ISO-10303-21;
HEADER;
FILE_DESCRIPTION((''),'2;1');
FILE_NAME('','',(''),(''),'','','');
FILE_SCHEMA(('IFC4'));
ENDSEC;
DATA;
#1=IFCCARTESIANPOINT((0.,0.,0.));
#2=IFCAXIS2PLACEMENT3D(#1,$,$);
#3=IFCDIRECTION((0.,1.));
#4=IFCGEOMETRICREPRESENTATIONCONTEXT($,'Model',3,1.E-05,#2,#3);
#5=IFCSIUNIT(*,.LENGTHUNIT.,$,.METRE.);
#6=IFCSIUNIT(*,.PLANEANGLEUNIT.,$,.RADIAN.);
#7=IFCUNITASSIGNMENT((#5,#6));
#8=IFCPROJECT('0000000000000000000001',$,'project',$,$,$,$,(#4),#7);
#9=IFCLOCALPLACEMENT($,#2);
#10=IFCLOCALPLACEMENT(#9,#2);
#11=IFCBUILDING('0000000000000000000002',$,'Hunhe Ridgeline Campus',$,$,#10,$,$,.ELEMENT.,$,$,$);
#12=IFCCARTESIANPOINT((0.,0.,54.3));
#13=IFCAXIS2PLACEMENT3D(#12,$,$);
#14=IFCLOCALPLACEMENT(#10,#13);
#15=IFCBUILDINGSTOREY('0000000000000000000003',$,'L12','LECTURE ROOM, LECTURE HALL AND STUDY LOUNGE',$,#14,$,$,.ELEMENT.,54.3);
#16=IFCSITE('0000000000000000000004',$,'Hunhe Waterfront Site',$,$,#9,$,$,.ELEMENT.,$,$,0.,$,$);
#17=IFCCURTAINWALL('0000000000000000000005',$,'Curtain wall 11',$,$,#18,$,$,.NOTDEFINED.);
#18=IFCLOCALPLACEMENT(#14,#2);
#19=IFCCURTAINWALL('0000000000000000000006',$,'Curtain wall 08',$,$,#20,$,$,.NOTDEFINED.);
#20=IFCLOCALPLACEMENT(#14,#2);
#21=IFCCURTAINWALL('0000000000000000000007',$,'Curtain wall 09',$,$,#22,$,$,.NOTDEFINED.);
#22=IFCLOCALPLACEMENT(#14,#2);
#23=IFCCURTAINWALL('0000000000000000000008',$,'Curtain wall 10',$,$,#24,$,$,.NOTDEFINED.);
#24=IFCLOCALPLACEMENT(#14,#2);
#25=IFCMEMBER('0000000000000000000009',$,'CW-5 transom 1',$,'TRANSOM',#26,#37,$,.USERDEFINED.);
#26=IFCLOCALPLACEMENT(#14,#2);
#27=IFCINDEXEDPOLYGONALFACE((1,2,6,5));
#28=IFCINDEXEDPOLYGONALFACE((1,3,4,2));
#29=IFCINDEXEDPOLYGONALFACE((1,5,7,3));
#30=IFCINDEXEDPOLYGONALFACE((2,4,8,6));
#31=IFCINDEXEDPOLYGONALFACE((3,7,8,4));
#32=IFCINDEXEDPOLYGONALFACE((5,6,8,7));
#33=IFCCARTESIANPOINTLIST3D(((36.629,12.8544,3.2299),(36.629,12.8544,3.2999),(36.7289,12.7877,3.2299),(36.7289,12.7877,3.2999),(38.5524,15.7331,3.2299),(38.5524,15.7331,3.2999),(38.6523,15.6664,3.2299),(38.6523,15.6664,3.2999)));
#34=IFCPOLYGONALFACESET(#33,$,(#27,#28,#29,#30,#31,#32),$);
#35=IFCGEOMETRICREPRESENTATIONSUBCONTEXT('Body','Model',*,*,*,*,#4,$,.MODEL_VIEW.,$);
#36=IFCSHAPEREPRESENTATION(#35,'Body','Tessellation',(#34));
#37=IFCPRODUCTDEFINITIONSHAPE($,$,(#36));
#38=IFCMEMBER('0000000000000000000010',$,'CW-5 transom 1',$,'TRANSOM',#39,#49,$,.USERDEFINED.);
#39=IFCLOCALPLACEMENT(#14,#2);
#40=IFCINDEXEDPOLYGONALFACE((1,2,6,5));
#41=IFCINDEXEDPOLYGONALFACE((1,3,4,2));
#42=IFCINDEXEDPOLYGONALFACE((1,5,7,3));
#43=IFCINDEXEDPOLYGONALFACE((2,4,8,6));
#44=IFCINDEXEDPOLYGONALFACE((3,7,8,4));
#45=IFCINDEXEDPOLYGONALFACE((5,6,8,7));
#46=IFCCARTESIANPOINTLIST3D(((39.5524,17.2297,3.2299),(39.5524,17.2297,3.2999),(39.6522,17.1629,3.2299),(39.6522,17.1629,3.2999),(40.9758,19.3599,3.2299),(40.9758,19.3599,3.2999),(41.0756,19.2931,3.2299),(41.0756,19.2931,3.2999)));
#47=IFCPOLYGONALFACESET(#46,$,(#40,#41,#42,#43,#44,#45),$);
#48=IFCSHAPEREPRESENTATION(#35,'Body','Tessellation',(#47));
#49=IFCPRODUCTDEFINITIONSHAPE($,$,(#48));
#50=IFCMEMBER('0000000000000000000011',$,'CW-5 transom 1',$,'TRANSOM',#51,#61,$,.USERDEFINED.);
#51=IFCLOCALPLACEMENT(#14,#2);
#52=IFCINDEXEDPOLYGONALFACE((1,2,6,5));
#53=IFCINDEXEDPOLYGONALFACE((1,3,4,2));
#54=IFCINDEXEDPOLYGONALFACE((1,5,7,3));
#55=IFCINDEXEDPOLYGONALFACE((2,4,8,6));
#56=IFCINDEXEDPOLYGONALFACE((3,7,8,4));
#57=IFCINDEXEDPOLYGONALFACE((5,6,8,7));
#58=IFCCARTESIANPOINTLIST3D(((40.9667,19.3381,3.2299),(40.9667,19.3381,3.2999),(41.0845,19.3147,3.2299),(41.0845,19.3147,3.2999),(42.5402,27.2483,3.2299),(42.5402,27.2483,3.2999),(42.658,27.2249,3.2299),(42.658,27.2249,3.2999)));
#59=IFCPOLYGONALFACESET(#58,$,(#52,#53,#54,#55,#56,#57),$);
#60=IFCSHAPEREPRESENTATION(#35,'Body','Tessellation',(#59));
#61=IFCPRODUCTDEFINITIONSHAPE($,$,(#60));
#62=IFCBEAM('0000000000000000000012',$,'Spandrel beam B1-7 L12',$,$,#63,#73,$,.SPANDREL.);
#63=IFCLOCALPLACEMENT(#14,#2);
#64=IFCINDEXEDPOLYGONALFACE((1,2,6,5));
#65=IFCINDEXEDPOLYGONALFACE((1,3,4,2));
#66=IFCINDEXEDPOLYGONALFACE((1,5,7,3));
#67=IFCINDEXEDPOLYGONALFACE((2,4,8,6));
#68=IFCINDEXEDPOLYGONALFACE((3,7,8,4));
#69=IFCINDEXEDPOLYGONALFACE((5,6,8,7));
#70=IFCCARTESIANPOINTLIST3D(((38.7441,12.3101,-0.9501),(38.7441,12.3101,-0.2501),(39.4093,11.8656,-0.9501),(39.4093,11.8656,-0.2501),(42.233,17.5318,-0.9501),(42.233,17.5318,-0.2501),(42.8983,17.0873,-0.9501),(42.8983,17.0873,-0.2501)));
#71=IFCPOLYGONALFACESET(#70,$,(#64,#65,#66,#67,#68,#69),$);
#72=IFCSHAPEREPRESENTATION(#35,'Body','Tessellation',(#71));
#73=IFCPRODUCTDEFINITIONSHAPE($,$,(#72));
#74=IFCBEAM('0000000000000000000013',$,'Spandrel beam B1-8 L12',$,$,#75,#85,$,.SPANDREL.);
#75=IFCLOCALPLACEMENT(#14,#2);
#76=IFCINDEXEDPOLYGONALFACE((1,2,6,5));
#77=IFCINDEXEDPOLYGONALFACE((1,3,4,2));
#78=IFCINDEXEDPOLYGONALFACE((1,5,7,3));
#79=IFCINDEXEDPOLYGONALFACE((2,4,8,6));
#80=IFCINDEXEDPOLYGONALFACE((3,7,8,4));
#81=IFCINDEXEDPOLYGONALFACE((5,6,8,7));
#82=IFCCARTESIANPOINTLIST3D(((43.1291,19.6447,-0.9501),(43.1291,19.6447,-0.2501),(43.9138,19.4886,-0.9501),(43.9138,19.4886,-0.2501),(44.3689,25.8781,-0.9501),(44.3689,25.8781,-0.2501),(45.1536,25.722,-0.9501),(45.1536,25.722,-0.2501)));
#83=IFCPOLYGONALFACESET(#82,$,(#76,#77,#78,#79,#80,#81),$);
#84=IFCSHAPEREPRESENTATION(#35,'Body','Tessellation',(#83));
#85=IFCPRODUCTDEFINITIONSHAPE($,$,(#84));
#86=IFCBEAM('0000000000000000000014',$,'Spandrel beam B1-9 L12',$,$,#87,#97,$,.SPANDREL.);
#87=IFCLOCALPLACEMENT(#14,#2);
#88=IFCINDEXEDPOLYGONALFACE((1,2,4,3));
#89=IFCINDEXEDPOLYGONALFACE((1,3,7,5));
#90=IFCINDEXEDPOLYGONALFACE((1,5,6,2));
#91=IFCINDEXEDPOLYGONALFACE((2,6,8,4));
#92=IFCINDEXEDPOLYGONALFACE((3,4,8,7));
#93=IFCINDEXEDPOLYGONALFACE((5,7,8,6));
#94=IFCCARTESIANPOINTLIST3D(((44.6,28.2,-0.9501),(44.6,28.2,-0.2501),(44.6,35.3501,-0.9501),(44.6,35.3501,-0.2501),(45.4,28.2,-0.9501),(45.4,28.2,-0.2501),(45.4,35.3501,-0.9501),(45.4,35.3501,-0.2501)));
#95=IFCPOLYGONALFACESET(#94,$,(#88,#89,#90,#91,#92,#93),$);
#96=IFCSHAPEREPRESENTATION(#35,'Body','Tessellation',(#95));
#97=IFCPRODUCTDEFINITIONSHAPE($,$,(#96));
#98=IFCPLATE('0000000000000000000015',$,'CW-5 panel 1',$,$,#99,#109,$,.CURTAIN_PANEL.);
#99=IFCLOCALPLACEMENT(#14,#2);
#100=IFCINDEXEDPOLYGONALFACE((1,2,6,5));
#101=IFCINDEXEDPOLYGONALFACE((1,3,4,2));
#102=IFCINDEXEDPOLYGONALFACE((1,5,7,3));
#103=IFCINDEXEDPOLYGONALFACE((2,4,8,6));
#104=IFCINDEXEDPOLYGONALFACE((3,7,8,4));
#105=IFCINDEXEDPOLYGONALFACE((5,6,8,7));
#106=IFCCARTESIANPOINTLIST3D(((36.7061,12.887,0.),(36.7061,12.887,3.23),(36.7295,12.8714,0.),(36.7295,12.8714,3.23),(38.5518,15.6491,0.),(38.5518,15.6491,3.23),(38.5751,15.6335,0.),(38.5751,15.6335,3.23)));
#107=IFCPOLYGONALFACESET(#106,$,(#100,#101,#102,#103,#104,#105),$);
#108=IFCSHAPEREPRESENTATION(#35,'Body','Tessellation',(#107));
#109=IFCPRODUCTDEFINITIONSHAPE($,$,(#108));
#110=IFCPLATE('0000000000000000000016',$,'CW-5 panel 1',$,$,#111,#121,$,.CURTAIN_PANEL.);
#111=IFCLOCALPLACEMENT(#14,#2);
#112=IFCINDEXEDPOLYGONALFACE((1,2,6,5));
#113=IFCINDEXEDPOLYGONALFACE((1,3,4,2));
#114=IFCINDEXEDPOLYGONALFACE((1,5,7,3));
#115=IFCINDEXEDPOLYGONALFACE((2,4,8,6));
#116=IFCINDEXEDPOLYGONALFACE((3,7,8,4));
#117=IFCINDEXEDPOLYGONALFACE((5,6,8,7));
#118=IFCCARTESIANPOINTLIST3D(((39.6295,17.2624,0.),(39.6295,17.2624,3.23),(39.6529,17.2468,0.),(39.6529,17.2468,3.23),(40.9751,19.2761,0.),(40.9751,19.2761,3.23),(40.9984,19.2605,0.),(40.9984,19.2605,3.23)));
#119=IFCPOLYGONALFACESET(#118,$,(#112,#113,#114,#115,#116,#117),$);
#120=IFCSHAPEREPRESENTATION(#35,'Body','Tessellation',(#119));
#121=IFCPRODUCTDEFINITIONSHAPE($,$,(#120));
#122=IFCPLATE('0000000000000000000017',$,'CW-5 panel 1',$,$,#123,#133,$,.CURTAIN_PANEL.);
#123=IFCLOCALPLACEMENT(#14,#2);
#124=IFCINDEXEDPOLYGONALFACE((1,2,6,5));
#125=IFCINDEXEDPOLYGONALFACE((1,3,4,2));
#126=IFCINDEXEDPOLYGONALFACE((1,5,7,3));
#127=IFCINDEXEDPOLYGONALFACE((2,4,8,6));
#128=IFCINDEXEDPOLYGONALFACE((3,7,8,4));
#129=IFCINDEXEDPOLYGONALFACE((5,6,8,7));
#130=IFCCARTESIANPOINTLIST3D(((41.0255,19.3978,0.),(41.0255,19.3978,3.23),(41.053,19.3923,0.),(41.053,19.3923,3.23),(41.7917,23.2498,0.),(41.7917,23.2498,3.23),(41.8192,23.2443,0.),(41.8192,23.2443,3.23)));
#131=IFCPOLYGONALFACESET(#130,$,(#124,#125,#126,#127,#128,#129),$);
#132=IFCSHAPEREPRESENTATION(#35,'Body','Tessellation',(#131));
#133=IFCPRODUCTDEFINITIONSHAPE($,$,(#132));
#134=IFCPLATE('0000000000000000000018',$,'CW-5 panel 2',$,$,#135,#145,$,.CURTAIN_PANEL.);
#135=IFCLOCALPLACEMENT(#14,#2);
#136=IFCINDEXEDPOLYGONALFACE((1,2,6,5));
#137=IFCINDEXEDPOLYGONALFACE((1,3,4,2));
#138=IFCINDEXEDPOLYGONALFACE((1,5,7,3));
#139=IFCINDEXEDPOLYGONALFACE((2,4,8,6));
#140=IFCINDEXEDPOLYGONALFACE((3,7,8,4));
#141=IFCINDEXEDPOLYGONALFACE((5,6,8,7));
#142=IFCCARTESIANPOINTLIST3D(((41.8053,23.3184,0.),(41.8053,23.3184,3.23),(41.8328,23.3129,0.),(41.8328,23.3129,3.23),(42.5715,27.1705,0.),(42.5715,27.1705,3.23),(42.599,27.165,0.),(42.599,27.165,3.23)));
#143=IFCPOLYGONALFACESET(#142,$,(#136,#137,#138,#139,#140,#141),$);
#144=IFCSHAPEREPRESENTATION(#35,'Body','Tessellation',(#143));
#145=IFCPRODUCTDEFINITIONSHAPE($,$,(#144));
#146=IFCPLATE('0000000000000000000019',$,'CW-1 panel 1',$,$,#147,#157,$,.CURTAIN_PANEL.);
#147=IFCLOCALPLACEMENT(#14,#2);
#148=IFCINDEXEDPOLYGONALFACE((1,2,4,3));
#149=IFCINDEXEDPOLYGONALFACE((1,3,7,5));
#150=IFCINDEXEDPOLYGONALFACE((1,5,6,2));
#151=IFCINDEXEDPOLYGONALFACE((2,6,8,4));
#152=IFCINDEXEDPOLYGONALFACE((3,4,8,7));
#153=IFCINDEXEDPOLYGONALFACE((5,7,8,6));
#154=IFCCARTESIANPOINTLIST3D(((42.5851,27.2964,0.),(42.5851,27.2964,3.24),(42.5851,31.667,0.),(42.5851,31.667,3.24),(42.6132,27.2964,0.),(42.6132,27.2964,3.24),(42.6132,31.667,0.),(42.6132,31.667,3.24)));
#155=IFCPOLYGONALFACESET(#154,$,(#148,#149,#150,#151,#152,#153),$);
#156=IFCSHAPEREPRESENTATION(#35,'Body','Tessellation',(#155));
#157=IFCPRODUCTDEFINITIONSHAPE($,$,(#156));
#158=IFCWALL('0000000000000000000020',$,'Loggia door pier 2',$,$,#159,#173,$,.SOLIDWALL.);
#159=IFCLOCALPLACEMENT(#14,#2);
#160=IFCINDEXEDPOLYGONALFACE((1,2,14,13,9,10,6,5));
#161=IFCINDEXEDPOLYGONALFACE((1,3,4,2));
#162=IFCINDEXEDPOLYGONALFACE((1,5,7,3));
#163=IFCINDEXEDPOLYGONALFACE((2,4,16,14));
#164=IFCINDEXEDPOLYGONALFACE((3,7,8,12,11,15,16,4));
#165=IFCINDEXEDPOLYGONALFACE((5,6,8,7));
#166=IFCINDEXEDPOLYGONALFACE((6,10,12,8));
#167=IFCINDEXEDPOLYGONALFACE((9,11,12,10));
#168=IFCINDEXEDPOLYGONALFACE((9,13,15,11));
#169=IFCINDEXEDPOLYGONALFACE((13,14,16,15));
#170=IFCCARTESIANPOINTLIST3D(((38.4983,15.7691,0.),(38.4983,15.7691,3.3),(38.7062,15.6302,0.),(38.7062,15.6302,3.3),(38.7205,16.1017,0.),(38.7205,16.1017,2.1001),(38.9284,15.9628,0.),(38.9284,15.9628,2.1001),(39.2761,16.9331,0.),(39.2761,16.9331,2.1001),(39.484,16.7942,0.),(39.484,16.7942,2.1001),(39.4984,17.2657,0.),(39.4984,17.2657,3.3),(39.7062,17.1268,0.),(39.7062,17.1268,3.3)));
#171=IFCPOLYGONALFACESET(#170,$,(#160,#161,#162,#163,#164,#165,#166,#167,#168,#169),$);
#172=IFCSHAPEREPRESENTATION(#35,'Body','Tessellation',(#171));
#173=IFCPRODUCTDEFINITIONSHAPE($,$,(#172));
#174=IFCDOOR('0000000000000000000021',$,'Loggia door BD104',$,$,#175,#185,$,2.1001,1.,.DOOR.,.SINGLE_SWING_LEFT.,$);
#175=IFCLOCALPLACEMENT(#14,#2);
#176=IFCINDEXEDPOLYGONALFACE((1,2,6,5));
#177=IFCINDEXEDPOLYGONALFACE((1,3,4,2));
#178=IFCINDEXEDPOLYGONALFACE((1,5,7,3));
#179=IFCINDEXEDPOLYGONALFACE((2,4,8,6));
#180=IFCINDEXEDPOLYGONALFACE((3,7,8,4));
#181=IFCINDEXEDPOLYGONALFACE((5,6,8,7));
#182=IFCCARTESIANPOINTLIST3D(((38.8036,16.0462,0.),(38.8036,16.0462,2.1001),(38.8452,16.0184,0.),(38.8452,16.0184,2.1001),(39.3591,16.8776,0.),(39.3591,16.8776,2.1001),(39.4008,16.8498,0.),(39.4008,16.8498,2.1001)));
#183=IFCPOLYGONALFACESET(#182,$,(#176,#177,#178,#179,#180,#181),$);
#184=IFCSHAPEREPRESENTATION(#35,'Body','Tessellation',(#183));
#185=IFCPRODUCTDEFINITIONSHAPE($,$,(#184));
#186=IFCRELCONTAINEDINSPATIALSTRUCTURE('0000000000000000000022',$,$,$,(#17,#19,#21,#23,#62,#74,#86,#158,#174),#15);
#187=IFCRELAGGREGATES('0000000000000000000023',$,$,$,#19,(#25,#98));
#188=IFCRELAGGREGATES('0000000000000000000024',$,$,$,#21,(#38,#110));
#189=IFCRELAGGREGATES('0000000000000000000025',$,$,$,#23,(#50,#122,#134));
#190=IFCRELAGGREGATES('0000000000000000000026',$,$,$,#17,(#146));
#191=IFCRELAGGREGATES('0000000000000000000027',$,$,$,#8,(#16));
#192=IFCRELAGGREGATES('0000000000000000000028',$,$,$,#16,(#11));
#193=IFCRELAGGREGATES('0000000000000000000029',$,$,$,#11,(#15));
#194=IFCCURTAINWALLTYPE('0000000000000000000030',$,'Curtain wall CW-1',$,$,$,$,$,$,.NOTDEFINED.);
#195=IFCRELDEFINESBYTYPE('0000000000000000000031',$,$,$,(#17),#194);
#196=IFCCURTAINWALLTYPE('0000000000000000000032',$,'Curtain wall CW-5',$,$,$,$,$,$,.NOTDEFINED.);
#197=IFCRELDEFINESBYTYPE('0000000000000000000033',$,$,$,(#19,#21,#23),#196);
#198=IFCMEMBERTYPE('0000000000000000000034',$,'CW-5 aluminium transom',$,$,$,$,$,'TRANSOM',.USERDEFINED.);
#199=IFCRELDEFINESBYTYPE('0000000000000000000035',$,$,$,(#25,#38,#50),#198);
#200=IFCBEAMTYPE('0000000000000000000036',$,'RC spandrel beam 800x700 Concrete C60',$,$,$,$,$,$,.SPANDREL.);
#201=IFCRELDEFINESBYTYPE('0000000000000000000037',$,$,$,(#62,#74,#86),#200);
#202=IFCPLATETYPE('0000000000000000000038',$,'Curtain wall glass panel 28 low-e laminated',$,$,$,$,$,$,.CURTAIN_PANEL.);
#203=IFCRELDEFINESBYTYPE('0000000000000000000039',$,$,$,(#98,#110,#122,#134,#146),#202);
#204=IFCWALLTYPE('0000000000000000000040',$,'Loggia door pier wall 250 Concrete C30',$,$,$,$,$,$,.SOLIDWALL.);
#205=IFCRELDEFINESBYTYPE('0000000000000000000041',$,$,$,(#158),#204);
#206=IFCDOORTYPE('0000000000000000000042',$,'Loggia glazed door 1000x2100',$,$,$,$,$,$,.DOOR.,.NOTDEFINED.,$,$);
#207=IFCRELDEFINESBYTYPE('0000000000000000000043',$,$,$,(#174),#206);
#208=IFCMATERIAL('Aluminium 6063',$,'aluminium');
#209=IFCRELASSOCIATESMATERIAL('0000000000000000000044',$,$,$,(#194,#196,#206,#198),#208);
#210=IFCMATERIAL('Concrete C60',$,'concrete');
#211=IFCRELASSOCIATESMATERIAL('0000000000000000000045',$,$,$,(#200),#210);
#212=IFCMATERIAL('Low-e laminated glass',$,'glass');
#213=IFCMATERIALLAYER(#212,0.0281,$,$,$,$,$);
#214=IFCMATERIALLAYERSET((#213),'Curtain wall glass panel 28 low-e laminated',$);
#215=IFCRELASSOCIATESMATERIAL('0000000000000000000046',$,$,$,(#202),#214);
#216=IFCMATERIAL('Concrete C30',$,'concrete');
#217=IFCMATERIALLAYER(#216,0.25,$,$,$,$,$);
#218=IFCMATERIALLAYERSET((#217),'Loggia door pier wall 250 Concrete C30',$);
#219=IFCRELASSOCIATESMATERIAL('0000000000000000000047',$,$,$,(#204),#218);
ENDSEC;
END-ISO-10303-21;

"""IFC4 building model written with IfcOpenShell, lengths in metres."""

from ifc_helpers import new_model, si_unit, direction, frame, frame_2d, origin, origin_2d, place, context, subcontext, project, spatial, rectangle, extrude, material, layer, layer_set, material_profile, profile_set, type_object, element, fill, aggregate, save


model = new_model("IFC4")

# Units and contexts
model_context = context("Model", 3, precision=1e-05, world=origin(), true_north=direction((0.0, 1.0)))
body_context = subcontext(model_context, "Body", "Model", "MODEL_VIEW")
ifc_project = project(units=[si_unit("LENGTHUNIT", "METRE"), si_unit("PLANEANGLEUNIT", "RADIAN")], contexts=[model_context])

# Site, building, storey
site_placement = place(None, origin())
site = spatial("IfcSite", under=ifc_project, at=site_placement, Name="Hunhe Waterfront Site", CompositionType="ELEMENT", RefElevation=0.0)
building_placement = place(site_placement, origin())
building = spatial("IfcBuilding", under=site, at=building_placement, Name="Hunhe Ridgeline Campus", CompositionType="ELEMENT")
storey_placement = place(building_placement, frame((0.0, 0.0, 54.3)))
storey = spatial("IfcBuildingStorey", under=building, at=storey_placement, Name="L12", Description="LECTURE ROOM, LECTURE HALL AND STUDY LOUNGE", CompositionType="ELEMENT", Elevation=54.3)

# Curtain wall
ifc_material_1 = material(Name="Aluminium 6063", Category="aluminium")
curtain_wall_type_1 = type_object("IfcCurtainWallType", Name="Curtain wall CW-1", PredefinedType="NOTDEFINED", material=ifc_material_1)
curtain_wall_1_placement = place(storey_placement, origin())
curtain_wall_1 = element("IfcCurtainWall", 1, at=curtain_wall_1_placement, inside=storey, type_object=curtain_wall_type_1, Name="Curtain wall 11", PredefinedType="NOTDEFINED")

# Shared definitions
curtain_wall_type_2 = type_object("IfcCurtainWallType", Name="Curtain wall CW-5", PredefinedType="NOTDEFINED", material=ifc_material_1)

# Curtain walls
curtain_wall_2_placement = place(storey_placement, origin())
curtain_wall_2 = element("IfcCurtainWall", 2, at=curtain_wall_2_placement, inside=storey, type_object=curtain_wall_type_2, Name="Curtain wall 08", PredefinedType="NOTDEFINED")
curtain_wall_3_placement = place(storey_placement, origin())
curtain_wall_3 = element("IfcCurtainWall", 3, at=curtain_wall_3_placement, inside=storey, type_object=curtain_wall_type_2, Name="Curtain wall 09", PredefinedType="NOTDEFINED")
curtain_wall_4_placement = place(storey_placement, origin())
curtain_wall_4 = element("IfcCurtainWall", 4, at=curtain_wall_4_placement, inside=storey, type_object=curtain_wall_type_2, Name="Curtain wall 10", PredefinedType="NOTDEFINED")

# Members
ifc_material_profile_1 = material_profile(ifc_material_1, rectangle(XDim=0.1201, YDim=0.0701, at=origin_2d()))
ifc_profile_set_1 = profile_set([ifc_material_profile_1], Name="Aluminium 6063")
member_type_1 = type_object("IfcMemberType", Name="CW-5 aluminium transom", ElementType="TRANSOM", PredefinedType="USERDEFINED", material=ifc_profile_set_1)
member_1_placement = place(storey_placement, frame((36.679, 12.821, 3.2649), z_axis=(0.555546, 0.831486, 0.0), x_axis=(-0.831486, 0.555546, 0.0)))
member_1 = element("IfcMember", 5, at=member_1_placement, type_object=member_type_1, Name="CW-5 transom 1", ObjectType="TRANSOM", PredefinedType="USERDEFINED", context=body_context, shape_type="SweptSolid", body=[
    extrude(rectangle(XDim=0.1201, YDim=0.0701, at=origin_2d()), origin(), (0.0, 0.0, 1.0), 3.4622),
])
member_2_placement = place(storey_placement, frame((39.6023, 17.1963, 3.2649), z_axis=(0.55558, 0.831463, 0.0), x_axis=(-0.831463, 0.55558, 0.0)))
member_2 = element("IfcMember", 6, at=member_2_placement, type_object=member_type_1, Name="CW-5 transom 1", ObjectType="TRANSOM", PredefinedType="USERDEFINED", context=body_context, shape_type="SweptSolid", body=[
    extrude(rectangle(XDim=0.1201, YDim=0.0701, at=origin_2d()), origin(), (0.0, 0.0, 1.0), 2.562),
])
member_3_placement = place(storey_placement, frame((41.0256, 19.3264, 3.2649), z_axis=(0.195097, 0.980784, 0.0), x_axis=(-0.980784, 0.195097, 0.0)))
member_3 = element("IfcMember", 7, at=member_3_placement, type_object=member_type_1, Name="CW-5 transom 1", ObjectType="TRANSOM", PredefinedType="USERDEFINED", context=body_context, shape_type="SweptSolid", body=[
    extrude(rectangle(XDim=0.1201, YDim=0.0701, at=origin_2d()), origin(), (0.0, 0.0, 1.0), 8.0652),
])

# Beams
ifc_material_2 = material(Name="Concrete C60", Category="concrete")
ifc_material_profile_2 = material_profile(ifc_material_2, rectangle(XDim=0.8, YDim=0.7, at=origin_2d()))
ifc_profile_set_2 = profile_set([ifc_material_profile_2], Name="Concrete C60")
beam_type = type_object("IfcBeamType", Name="RC spandrel beam 800x700 Concrete C60", PredefinedType="SPANDREL", material=ifc_profile_set_2)
beam_1_placement = place(storey_placement, frame((39.0767, 12.0879, -0.6001), z_axis=(0.55557, 0.83147, 0.0), x_axis=(-0.83147, 0.55557, 0.0)))
element("IfcBeam", 8, at=beam_1_placement, inside=storey, type_object=beam_type, Name="Spandrel beam B1-7 L12", PredefinedType="SPANDREL", context=body_context, shape_type="SweptSolid", body=[
    extrude(rectangle(XDim=0.8, YDim=0.7, at=origin_2d()), origin(), (0.0, 0.0, 1.0), 6.28),
])
beam_2_placement = place(storey_placement, frame((43.5215, 19.5667, -0.6001), z_axis=(0.195067, 0.98079, 0.0), x_axis=(-0.98079, 0.195067, 0.0)))
element("IfcBeam", 9, at=beam_2_placement, inside=storey, type_object=beam_type, Name="Spandrel beam B1-8 L12", PredefinedType="SPANDREL", context=body_context, shape_type="SweptSolid", body=[
    extrude(rectangle(XDim=0.8, YDim=0.7, at=origin_2d()), origin(), (0.0, 0.0, 1.0), 6.3555),
])
beam_3_placement = place(storey_placement, frame((45.0, 28.2, -0.6001), z_axis=(0.0, 1.0, 0.0), x_axis=(-1.0, 0.0, 0.0)))
element("IfcBeam", 10, at=beam_3_placement, inside=storey, type_object=beam_type, Name="Spandrel beam B1-9 L12", PredefinedType="SPANDREL", context=body_context, shape_type="SweptSolid", body=[
    extrude(rectangle(XDim=0.8, YDim=0.7, at=origin_2d()), origin(), (0.0, 0.0, 1.0), 7.1501),
])

# Plates
ifc_material_3 = material(Name="Low-e laminated glass", Category="glass")
ifc_layer_1 = layer(ifc_material_3, 0.0281)
ifc_layer_set_1 = layer_set([ifc_layer_1], Name="Curtain wall glass panel 28 low-e laminated")
plate_type = type_object("IfcPlateType", Name="Curtain wall glass panel 28 low-e laminated", PredefinedType="CURTAIN_PANEL", material=ifc_layer_set_1)
plate_1_placement = place(storey_placement, frame((37.6406, 14.2603, 0.0), z_axis=(0.0, 0.0, 1.0), x_axis=(0.55557, 0.83147, 0.0)))
plate_1 = element("IfcPlate", 11, at=plate_1_placement, type_object=plate_type, Name="CW-5 panel 1", PredefinedType="CURTAIN_PANEL", context=body_context, shape_type="SweptSolid", body=[
    extrude(rectangle(XDim=3.322, YDim=0.0281, at=origin_2d()), origin(), (0.0, 0.0, 1.0), 3.23),
])
aggregate(curtain_wall_2, [member_1, plate_1])
plate_2_placement = place(storey_placement, frame((40.314, 18.2615, 0.0), z_axis=(0.0, 0.0, 1.0), x_axis=(0.55557, 0.83147, 0.0)))
plate_2 = element("IfcPlate", 12, at=plate_2_placement, type_object=plate_type, Name="CW-5 panel 1", PredefinedType="CURTAIN_PANEL", context=body_context, shape_type="SweptSolid", body=[
    extrude(rectangle(XDim=2.4219, YDim=0.0281, at=origin_2d()), origin(), (0.0, 0.0, 1.0), 3.23),
])
aggregate(curtain_wall_3, [member_2, plate_2])
plate_3_placement = place(storey_placement, frame((41.4224, 21.321, 0.0), z_axis=(0.0, 0.0, 1.0), x_axis=(0.19509, 0.980785, 0.0)))
plate_3 = element("IfcPlate", 13, at=plate_3_placement, type_object=plate_type, Name="CW-5 panel 1", PredefinedType="CURTAIN_PANEL", context=body_context, shape_type="SweptSolid", body=[
    extrude(rectangle(XDim=3.9275, YDim=0.0281, at=origin_2d()), origin(), (0.0, 0.0, 1.0), 3.23),
])
plate_4_placement = place(storey_placement, frame((42.2021, 25.2417, 0.0), z_axis=(0.0, 0.0, 1.0), x_axis=(0.19509, 0.980785, 0.0)))
plate_4 = element("IfcPlate", 14, at=plate_4_placement, type_object=plate_type, Name="CW-5 panel 2", PredefinedType="CURTAIN_PANEL", context=body_context, shape_type="SweptSolid", body=[
    extrude(rectangle(XDim=3.9275, YDim=0.0281, at=origin_2d()), origin(), (0.0, 0.0, 1.0), 3.23),
])
aggregate(curtain_wall_4, [member_3, plate_3, plate_4])
plate_5_placement = place(storey_placement, frame((42.5991, 29.4817, 0.0), z_axis=(0.0, 0.0, 1.0), x_axis=(0.0, 1.0, 0.0)))
plate_5 = element("IfcPlate", 15, at=plate_5_placement, type_object=plate_type, Name="CW-1 panel 1", PredefinedType="CURTAIN_PANEL", context=body_context, shape_type="SweptSolid", body=[
    extrude(rectangle(XDim=4.3706, YDim=0.0281, at=origin_2d()), origin(), (0.0, 0.0, 1.0), 3.24),
])
aggregate(curtain_wall_1, [plate_5])

# Wall, opening, door
ifc_material_4 = material(Name="Concrete C30", Category="concrete")
ifc_layer_2 = layer(ifc_material_4, 0.25)
ifc_layer_set_2 = layer_set([ifc_layer_2], Name="Loggia door pier wall 250 Concrete C30")
wall_type_1 = type_object("IfcWallType", Name="Loggia door pier wall 250 Concrete C30", PredefinedType="SOLIDWALL", material=ifc_layer_set_2)
wall_1_placement = place(storey_placement, frame((38.6023, 15.6997, 0.0), z_axis=(0.0, 0.0, 1.0), x_axis=(0.555576, 0.831466, 0.0)))
wall_1 = element("IfcWall", 16, at=wall_1_placement, inside=storey, type_object=wall_type_1, Name="Loggia door pier 2", PredefinedType="SOLIDWALL", context=body_context, shape_type="SweptSolid", body=[
    extrude(rectangle(XDim=1.8, YDim=0.25, at=frame_2d((0.8999, 0.0))), origin(), (0.0, 0.0, 1.0), 3.3),
])
opening_placement = place(wall_1_placement, frame((0.3999, 0.0, 0.0)))
opening = element("IfcOpeningElement", 17, at=opening_placement, cuts=wall_1, PredefinedType="OPENING", context=body_context, shape_type="SweptSolid", body=[
    extrude(rectangle(XDim=1.0, YDim=2.1001, at=frame_2d((0.5, 1.05))), frame((0.0, 0.125, 0.0), z_axis=(0.0, -1.0, 0.0), x_axis=(1.0, 0.0, 0.0)), (0.0, 0.0, 1.0), 0.25),
])
door_type = type_object("IfcDoorType", Name="Loggia glazed door 1000x2100", OperationType="NOTDEFINED", PredefinedType="DOOR", material=ifc_material_1)
door_placement = place(opening_placement, frame((1.0, 0.0, 0.0), z_axis=(0.0, 0.0, 1.0), x_axis=(-1.0, 0.0, 0.0)))
door = element("IfcDoor", 18, at=door_placement, inside=storey, type_object=door_type, Name="Loggia door BD104", OperationType="SINGLE_SWING_LEFT", OverallHeight=2.1001, OverallWidth=1.0, PredefinedType="DOOR", context=body_context, shape_type="SweptSolid", body=[
    extrude(rectangle(XDim=1.0, YDim=2.1001, at=frame_2d((0.5, 1.05))), frame((0.0, 0.0249, 0.0), z_axis=(0.0, -1.0, 0.0), x_axis=(1.0, 0.0, 0.0)), (0.0, 0.0, 1.0), 0.05),
])
fill(opening, door)

save(model, "model.ifc")
